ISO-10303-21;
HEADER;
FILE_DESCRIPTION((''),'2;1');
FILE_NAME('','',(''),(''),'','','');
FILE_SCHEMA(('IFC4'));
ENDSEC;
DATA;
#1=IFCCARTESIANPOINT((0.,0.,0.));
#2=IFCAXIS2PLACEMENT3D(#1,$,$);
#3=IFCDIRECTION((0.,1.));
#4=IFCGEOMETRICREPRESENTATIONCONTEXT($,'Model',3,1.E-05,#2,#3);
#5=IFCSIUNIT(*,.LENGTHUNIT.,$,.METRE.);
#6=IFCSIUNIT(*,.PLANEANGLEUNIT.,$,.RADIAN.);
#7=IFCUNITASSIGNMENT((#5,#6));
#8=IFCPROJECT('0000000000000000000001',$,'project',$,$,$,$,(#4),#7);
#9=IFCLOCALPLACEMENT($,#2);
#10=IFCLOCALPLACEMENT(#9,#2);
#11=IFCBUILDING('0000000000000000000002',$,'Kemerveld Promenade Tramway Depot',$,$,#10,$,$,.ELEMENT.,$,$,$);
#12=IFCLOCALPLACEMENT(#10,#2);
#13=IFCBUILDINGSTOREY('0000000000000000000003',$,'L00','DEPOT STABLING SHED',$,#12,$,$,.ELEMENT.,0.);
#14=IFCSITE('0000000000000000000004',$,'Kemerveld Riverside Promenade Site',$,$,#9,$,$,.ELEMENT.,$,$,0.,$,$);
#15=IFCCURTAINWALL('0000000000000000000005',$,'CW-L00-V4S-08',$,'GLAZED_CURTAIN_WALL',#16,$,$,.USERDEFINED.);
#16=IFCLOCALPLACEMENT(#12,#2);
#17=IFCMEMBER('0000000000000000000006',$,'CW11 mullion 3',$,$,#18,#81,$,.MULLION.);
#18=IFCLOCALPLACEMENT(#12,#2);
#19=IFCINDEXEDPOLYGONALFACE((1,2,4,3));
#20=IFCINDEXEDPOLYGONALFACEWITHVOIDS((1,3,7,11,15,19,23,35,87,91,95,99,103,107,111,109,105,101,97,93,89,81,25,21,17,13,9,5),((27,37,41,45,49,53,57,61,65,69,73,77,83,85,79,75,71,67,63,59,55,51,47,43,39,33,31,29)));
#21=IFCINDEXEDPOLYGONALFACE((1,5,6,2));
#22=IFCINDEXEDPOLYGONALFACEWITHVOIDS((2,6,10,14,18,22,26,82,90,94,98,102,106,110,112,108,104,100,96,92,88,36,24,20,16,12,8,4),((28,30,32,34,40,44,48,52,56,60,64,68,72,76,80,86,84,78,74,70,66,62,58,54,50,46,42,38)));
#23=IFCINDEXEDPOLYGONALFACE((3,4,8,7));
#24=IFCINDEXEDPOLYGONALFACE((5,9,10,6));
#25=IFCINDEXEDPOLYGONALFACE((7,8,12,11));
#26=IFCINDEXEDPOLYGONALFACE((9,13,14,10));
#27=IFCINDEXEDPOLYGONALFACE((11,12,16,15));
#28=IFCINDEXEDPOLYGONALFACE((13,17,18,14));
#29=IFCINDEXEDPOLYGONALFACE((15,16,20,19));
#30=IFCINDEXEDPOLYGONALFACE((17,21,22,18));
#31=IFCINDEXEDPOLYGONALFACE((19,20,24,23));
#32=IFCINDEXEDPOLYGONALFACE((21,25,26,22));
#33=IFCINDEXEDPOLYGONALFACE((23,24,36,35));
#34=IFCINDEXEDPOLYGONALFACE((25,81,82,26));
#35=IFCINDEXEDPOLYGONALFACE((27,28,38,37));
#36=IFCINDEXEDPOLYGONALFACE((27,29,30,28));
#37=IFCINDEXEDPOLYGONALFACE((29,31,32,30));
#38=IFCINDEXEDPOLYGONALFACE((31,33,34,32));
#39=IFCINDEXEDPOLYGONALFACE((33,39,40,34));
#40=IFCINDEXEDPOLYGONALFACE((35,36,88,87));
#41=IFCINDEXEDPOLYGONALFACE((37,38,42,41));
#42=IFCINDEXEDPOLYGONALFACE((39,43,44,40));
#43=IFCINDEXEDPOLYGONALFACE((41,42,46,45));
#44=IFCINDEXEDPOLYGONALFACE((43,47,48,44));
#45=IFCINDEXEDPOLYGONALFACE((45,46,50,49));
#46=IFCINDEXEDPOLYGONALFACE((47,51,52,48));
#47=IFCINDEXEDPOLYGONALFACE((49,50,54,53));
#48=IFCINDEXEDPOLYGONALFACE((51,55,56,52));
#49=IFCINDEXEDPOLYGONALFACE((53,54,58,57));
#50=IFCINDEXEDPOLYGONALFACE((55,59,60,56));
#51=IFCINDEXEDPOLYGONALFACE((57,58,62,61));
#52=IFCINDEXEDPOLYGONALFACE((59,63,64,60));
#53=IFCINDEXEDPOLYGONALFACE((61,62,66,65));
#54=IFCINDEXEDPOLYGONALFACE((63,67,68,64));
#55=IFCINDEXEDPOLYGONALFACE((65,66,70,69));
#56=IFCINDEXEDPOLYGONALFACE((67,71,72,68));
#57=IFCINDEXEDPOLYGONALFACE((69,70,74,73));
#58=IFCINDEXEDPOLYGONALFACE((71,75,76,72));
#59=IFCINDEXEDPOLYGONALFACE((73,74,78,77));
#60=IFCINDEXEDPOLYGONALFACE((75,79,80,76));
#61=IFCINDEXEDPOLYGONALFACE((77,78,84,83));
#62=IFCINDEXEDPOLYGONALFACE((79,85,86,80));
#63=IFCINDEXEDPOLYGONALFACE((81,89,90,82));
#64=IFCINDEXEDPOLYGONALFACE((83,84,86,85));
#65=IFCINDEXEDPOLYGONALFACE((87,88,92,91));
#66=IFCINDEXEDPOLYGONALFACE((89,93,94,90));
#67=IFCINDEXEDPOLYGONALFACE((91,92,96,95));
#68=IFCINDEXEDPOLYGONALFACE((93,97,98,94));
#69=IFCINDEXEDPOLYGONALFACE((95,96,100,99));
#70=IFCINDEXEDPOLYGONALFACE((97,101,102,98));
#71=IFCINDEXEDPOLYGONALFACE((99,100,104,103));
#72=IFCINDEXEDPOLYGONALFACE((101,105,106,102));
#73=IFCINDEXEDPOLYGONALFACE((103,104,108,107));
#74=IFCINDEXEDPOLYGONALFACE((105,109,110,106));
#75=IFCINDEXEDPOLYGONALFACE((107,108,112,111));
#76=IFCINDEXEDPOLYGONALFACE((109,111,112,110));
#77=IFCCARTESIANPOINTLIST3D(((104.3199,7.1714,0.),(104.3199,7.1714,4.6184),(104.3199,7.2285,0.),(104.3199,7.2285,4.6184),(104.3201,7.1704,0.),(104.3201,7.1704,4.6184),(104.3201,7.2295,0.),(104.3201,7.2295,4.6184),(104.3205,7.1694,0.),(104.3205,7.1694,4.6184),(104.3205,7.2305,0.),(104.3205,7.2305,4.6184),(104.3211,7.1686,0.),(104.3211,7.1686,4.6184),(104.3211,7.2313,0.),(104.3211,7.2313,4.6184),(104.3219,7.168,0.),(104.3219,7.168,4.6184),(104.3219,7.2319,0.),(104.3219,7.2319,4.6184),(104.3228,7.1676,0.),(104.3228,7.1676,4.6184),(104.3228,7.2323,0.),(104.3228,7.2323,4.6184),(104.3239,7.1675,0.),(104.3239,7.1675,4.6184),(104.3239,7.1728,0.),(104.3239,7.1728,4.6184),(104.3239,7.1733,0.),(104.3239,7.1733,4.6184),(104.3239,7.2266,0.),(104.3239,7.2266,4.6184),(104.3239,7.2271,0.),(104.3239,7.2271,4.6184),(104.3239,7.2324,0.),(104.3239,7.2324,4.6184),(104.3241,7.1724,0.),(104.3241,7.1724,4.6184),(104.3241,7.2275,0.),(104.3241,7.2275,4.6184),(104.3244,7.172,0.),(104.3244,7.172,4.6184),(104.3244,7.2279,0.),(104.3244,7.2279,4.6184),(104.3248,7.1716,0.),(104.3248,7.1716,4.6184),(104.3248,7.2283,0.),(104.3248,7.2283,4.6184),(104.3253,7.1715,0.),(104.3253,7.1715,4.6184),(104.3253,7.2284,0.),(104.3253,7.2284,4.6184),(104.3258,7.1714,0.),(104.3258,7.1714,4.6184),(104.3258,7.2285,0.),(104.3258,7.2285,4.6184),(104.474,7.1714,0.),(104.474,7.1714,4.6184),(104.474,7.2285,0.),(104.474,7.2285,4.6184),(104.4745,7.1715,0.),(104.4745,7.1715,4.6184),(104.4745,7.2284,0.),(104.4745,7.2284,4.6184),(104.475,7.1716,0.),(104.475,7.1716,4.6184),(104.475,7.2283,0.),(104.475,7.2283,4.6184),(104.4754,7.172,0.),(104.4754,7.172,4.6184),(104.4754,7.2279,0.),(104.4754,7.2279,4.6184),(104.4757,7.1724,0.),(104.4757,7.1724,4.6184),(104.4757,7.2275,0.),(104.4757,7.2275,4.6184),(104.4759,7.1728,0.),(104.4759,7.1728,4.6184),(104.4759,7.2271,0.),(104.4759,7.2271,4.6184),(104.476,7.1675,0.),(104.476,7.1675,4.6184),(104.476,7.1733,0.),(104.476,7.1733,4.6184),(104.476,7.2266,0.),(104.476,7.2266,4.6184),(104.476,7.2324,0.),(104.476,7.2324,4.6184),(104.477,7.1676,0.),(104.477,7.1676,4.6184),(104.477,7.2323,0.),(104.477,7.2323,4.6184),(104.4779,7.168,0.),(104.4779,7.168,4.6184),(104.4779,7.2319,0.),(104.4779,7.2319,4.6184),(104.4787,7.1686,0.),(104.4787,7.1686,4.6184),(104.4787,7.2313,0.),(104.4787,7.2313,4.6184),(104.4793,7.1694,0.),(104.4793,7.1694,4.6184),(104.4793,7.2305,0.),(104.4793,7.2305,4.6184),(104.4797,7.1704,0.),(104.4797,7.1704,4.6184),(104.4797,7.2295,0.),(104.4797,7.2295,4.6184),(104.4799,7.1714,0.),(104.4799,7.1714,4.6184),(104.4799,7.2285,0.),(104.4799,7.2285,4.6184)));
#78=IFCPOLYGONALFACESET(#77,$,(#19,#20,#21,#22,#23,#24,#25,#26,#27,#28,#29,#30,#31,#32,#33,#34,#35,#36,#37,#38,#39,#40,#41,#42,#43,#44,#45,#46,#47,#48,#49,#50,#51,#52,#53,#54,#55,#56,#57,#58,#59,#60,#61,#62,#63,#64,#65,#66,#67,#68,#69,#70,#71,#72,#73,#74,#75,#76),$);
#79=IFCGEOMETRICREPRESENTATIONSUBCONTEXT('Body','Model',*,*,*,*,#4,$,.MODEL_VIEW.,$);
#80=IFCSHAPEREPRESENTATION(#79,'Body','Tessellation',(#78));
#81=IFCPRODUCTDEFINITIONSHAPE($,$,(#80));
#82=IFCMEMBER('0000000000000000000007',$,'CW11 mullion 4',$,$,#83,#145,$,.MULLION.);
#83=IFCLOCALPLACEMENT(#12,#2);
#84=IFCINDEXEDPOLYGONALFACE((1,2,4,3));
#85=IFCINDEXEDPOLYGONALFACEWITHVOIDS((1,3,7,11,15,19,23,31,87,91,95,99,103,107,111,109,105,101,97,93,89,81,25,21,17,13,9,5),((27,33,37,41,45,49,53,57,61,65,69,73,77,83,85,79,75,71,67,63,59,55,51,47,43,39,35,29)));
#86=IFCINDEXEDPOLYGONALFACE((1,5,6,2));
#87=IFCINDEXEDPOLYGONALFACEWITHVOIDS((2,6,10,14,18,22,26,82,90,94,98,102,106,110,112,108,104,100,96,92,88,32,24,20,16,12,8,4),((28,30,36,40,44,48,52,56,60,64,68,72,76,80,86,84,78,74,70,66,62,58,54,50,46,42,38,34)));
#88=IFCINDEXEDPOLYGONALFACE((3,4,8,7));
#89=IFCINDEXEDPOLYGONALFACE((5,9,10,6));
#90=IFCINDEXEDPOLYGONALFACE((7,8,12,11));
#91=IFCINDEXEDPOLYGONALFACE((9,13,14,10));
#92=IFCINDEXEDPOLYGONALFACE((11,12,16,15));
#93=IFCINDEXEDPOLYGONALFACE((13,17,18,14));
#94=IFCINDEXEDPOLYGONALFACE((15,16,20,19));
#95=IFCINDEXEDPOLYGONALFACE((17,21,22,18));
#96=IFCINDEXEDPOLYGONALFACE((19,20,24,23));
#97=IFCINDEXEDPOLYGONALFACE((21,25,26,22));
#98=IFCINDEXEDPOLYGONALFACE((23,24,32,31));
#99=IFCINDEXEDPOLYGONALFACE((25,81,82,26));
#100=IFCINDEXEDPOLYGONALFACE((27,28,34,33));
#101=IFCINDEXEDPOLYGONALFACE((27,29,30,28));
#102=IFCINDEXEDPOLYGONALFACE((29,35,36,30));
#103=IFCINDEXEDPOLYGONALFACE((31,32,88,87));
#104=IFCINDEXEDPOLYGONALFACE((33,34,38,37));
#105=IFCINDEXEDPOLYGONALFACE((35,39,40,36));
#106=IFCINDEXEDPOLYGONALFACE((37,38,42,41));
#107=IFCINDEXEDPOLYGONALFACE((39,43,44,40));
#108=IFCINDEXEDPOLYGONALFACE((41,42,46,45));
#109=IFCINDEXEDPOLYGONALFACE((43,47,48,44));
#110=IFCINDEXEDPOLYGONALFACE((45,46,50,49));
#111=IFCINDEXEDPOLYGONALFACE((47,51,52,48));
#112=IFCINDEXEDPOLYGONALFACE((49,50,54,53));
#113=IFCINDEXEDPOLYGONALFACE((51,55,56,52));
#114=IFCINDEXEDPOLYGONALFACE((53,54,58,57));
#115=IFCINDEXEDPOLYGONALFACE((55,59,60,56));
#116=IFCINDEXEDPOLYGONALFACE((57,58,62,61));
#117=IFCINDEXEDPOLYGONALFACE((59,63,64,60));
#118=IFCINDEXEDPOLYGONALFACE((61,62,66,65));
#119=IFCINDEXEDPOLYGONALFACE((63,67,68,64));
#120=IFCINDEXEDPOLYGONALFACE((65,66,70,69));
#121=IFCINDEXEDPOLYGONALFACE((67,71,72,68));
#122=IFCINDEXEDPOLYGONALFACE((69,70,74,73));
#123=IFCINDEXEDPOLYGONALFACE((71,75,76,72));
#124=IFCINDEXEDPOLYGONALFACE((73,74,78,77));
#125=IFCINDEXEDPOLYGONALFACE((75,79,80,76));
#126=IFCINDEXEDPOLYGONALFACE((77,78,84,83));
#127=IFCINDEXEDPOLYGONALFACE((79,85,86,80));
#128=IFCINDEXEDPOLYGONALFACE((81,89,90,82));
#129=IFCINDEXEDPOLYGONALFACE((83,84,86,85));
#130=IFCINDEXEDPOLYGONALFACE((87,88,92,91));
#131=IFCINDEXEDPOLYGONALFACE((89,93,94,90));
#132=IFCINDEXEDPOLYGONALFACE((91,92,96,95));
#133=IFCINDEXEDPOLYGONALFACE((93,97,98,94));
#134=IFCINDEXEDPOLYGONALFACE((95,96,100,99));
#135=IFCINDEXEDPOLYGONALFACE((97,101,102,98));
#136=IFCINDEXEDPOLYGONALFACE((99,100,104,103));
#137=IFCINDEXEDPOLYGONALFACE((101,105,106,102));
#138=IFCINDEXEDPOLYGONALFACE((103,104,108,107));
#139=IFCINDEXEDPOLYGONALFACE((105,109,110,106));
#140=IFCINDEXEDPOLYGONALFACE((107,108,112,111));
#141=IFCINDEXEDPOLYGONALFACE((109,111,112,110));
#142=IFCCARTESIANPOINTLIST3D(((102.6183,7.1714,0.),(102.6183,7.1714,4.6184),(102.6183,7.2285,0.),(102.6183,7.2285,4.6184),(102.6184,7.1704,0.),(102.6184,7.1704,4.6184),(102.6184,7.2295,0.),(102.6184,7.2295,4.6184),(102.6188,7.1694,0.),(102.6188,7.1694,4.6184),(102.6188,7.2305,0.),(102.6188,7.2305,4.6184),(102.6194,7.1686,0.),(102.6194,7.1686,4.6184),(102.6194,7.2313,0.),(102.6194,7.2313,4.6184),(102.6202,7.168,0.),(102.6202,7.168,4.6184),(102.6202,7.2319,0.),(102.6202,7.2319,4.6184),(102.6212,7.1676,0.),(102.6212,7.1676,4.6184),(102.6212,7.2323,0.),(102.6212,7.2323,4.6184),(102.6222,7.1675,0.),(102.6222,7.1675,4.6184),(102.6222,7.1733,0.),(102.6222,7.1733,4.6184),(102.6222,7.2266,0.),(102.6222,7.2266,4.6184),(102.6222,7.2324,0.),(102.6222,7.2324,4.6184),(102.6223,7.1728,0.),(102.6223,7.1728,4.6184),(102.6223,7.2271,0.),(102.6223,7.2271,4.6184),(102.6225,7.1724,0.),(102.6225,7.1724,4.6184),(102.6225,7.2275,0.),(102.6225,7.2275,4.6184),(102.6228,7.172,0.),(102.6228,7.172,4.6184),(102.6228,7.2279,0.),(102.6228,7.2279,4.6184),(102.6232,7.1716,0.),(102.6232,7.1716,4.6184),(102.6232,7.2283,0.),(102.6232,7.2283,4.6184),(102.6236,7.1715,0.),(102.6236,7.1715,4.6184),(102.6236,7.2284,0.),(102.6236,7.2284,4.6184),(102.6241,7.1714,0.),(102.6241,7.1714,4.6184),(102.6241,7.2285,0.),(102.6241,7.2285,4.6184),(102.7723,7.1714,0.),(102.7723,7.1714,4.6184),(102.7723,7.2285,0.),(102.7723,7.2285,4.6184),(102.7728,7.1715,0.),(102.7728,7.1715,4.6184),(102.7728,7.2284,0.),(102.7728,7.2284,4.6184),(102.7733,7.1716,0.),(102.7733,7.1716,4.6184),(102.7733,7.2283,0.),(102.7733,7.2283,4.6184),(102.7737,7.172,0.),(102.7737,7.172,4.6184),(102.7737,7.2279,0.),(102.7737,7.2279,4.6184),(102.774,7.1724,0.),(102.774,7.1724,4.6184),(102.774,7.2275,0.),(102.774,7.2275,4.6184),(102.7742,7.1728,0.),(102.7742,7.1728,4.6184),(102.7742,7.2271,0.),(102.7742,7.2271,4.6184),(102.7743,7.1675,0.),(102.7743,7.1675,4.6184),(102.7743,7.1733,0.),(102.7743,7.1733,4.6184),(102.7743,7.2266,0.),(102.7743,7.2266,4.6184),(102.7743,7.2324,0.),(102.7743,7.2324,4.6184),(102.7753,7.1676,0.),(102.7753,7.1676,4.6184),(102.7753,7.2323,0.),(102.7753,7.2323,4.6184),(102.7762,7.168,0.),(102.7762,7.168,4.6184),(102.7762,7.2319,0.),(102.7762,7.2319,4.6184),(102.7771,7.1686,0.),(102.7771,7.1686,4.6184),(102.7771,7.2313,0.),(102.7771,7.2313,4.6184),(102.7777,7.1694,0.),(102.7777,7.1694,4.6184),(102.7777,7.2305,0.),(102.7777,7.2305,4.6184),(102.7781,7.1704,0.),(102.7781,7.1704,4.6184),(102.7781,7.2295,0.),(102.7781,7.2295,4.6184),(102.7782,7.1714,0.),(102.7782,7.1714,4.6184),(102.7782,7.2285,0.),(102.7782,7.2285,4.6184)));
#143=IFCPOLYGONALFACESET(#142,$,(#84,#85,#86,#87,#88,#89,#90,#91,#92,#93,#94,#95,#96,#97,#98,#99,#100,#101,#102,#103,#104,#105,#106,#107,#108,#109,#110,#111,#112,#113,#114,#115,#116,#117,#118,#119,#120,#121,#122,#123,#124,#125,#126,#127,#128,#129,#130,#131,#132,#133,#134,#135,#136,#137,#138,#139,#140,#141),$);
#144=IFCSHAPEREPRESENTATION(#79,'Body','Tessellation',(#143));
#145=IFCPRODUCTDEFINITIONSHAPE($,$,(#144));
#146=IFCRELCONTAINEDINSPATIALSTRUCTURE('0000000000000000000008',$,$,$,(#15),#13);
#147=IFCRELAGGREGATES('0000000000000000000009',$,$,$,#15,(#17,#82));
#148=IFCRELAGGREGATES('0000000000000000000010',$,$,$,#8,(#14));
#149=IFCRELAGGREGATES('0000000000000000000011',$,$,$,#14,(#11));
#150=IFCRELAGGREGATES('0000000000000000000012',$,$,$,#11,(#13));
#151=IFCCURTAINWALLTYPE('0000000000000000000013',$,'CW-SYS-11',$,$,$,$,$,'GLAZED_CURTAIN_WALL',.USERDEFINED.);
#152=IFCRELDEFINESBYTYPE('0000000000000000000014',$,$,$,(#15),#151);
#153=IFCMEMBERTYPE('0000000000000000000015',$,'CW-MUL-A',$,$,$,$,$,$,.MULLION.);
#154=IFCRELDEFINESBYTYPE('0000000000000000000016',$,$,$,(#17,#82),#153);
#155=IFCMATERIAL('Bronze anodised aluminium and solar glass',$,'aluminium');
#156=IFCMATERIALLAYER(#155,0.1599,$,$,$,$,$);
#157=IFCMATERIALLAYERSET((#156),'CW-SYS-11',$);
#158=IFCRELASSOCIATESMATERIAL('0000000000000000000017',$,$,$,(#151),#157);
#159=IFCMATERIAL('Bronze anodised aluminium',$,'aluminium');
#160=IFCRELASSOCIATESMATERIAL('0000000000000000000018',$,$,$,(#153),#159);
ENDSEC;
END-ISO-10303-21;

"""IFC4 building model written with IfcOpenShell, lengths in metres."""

from ifc_helpers import new_model, si_unit, direction, frame, origin, origin_2d, place, context, subcontext, project, spatial, hollow_rectangle, extrude, material, layer, layer_set, material_profile, profile_set, type_object, element, aggregate, save


model = new_model("IFC4")

# Units and contexts
model_context = context("Model", 3, precision=1e-05, world=origin(), true_north=direction((0.0, 1.0)))
body_context = subcontext(model_context, "Body", "Model", "MODEL_VIEW")
ifc_project = project(units=[si_unit("LENGTHUNIT", "METRE"), si_unit("PLANEANGLEUNIT", "RADIAN")], contexts=[model_context])

# Site, building, storey
site_placement = place(None, origin())
site = spatial("IfcSite", under=ifc_project, at=site_placement, Name="Kemerveld Riverside Promenade Site", CompositionType="ELEMENT", RefElevation=0.0)
building_placement = place(site_placement, origin())
building = spatial("IfcBuilding", under=site, at=building_placement, Name="Kemerveld Promenade Tramway Depot", CompositionType="ELEMENT")
storey_placement = place(building_placement, origin())
storey = spatial("IfcBuildingStorey", under=building, at=storey_placement, Name="L00", Description="DEPOT STABLING SHED", CompositionType="ELEMENT", Elevation=0.0)

# Curtain wall, members
ifc_material_1 = material(Name="Bronze anodised aluminium and solar glass", Category="aluminium")
ifc_layer_1 = layer(ifc_material_1, 0.1599)
ifc_layer_set_1 = layer_set([ifc_layer_1], Name="CW-SYS-11")
curtain_wall_type = type_object("IfcCurtainWallType", Name="CW-SYS-11", ElementType="GLAZED_CURTAIN_WALL", PredefinedType="USERDEFINED", material=ifc_layer_set_1)
curtain_wall_placement = place(storey_placement, origin())
curtain_wall = element("IfcCurtainWall", 1, at=curtain_wall_placement, inside=storey, type_object=curtain_wall_type, Name="CW-L00-V4S-08", ObjectType="GLAZED_CURTAIN_WALL", PredefinedType="USERDEFINED")
ifc_material_2 = material(Name="Bronze anodised aluminium", Category="aluminium")
ifc_material_profile_1 = material_profile(ifc_material_2, hollow_rectangle(XDim=0.0649, YDim=0.1599, WallThickness=0.0039, InnerFilletRadius=0.002, OuterFilletRadius=0.0039, at=origin_2d()), Name="CW-MUL-160x65")
ifc_profile_set_1 = profile_set([ifc_material_profile_1], Name="Bronze anodised aluminium")
member_type_1 = type_object("IfcMemberType", Name="CW-MUL-A", PredefinedType="MULLION", material=ifc_profile_set_1)
member_1_placement = place(storey_placement, frame((104.3999, 7.2, 0.0), z_axis=(0.0, 0.0, 1.0), x_axis=(0.0, -1.0, 0.0)))
member_1 = element("IfcMember", 2, at=member_1_placement, type_object=member_type_1, Name="CW11 mullion 3", PredefinedType="MULLION", context=body_context, shape_type="SweptSolid", body=[
    extrude(hollow_rectangle(XDim=0.0649, YDim=0.1599, WallThickness=0.0039, InnerFilletRadius=0.002, OuterFilletRadius=0.0039, at=origin_2d()), origin(), (0.0, 0.0, 1.0), 4.6184),
])
member_2_placement = place(storey_placement, frame((102.6982, 7.2, 0.0), z_axis=(0.0, 0.0, 1.0), x_axis=(0.0, -1.0, 0.0)))
member_2 = element("IfcMember", 3, at=member_2_placement, type_object=member_type_1, Name="CW11 mullion 4", PredefinedType="MULLION", context=body_context, shape_type="SweptSolid", body=[
    extrude(hollow_rectangle(XDim=0.0649, YDim=0.1599, WallThickness=0.0039, InnerFilletRadius=0.002, OuterFilletRadius=0.0039, at=origin_2d()), origin(), (0.0, 0.0, 1.0), 4.6184),
])
aggregate(curtain_wall, [member_1, member_2])

save(model, "model.ifc")
